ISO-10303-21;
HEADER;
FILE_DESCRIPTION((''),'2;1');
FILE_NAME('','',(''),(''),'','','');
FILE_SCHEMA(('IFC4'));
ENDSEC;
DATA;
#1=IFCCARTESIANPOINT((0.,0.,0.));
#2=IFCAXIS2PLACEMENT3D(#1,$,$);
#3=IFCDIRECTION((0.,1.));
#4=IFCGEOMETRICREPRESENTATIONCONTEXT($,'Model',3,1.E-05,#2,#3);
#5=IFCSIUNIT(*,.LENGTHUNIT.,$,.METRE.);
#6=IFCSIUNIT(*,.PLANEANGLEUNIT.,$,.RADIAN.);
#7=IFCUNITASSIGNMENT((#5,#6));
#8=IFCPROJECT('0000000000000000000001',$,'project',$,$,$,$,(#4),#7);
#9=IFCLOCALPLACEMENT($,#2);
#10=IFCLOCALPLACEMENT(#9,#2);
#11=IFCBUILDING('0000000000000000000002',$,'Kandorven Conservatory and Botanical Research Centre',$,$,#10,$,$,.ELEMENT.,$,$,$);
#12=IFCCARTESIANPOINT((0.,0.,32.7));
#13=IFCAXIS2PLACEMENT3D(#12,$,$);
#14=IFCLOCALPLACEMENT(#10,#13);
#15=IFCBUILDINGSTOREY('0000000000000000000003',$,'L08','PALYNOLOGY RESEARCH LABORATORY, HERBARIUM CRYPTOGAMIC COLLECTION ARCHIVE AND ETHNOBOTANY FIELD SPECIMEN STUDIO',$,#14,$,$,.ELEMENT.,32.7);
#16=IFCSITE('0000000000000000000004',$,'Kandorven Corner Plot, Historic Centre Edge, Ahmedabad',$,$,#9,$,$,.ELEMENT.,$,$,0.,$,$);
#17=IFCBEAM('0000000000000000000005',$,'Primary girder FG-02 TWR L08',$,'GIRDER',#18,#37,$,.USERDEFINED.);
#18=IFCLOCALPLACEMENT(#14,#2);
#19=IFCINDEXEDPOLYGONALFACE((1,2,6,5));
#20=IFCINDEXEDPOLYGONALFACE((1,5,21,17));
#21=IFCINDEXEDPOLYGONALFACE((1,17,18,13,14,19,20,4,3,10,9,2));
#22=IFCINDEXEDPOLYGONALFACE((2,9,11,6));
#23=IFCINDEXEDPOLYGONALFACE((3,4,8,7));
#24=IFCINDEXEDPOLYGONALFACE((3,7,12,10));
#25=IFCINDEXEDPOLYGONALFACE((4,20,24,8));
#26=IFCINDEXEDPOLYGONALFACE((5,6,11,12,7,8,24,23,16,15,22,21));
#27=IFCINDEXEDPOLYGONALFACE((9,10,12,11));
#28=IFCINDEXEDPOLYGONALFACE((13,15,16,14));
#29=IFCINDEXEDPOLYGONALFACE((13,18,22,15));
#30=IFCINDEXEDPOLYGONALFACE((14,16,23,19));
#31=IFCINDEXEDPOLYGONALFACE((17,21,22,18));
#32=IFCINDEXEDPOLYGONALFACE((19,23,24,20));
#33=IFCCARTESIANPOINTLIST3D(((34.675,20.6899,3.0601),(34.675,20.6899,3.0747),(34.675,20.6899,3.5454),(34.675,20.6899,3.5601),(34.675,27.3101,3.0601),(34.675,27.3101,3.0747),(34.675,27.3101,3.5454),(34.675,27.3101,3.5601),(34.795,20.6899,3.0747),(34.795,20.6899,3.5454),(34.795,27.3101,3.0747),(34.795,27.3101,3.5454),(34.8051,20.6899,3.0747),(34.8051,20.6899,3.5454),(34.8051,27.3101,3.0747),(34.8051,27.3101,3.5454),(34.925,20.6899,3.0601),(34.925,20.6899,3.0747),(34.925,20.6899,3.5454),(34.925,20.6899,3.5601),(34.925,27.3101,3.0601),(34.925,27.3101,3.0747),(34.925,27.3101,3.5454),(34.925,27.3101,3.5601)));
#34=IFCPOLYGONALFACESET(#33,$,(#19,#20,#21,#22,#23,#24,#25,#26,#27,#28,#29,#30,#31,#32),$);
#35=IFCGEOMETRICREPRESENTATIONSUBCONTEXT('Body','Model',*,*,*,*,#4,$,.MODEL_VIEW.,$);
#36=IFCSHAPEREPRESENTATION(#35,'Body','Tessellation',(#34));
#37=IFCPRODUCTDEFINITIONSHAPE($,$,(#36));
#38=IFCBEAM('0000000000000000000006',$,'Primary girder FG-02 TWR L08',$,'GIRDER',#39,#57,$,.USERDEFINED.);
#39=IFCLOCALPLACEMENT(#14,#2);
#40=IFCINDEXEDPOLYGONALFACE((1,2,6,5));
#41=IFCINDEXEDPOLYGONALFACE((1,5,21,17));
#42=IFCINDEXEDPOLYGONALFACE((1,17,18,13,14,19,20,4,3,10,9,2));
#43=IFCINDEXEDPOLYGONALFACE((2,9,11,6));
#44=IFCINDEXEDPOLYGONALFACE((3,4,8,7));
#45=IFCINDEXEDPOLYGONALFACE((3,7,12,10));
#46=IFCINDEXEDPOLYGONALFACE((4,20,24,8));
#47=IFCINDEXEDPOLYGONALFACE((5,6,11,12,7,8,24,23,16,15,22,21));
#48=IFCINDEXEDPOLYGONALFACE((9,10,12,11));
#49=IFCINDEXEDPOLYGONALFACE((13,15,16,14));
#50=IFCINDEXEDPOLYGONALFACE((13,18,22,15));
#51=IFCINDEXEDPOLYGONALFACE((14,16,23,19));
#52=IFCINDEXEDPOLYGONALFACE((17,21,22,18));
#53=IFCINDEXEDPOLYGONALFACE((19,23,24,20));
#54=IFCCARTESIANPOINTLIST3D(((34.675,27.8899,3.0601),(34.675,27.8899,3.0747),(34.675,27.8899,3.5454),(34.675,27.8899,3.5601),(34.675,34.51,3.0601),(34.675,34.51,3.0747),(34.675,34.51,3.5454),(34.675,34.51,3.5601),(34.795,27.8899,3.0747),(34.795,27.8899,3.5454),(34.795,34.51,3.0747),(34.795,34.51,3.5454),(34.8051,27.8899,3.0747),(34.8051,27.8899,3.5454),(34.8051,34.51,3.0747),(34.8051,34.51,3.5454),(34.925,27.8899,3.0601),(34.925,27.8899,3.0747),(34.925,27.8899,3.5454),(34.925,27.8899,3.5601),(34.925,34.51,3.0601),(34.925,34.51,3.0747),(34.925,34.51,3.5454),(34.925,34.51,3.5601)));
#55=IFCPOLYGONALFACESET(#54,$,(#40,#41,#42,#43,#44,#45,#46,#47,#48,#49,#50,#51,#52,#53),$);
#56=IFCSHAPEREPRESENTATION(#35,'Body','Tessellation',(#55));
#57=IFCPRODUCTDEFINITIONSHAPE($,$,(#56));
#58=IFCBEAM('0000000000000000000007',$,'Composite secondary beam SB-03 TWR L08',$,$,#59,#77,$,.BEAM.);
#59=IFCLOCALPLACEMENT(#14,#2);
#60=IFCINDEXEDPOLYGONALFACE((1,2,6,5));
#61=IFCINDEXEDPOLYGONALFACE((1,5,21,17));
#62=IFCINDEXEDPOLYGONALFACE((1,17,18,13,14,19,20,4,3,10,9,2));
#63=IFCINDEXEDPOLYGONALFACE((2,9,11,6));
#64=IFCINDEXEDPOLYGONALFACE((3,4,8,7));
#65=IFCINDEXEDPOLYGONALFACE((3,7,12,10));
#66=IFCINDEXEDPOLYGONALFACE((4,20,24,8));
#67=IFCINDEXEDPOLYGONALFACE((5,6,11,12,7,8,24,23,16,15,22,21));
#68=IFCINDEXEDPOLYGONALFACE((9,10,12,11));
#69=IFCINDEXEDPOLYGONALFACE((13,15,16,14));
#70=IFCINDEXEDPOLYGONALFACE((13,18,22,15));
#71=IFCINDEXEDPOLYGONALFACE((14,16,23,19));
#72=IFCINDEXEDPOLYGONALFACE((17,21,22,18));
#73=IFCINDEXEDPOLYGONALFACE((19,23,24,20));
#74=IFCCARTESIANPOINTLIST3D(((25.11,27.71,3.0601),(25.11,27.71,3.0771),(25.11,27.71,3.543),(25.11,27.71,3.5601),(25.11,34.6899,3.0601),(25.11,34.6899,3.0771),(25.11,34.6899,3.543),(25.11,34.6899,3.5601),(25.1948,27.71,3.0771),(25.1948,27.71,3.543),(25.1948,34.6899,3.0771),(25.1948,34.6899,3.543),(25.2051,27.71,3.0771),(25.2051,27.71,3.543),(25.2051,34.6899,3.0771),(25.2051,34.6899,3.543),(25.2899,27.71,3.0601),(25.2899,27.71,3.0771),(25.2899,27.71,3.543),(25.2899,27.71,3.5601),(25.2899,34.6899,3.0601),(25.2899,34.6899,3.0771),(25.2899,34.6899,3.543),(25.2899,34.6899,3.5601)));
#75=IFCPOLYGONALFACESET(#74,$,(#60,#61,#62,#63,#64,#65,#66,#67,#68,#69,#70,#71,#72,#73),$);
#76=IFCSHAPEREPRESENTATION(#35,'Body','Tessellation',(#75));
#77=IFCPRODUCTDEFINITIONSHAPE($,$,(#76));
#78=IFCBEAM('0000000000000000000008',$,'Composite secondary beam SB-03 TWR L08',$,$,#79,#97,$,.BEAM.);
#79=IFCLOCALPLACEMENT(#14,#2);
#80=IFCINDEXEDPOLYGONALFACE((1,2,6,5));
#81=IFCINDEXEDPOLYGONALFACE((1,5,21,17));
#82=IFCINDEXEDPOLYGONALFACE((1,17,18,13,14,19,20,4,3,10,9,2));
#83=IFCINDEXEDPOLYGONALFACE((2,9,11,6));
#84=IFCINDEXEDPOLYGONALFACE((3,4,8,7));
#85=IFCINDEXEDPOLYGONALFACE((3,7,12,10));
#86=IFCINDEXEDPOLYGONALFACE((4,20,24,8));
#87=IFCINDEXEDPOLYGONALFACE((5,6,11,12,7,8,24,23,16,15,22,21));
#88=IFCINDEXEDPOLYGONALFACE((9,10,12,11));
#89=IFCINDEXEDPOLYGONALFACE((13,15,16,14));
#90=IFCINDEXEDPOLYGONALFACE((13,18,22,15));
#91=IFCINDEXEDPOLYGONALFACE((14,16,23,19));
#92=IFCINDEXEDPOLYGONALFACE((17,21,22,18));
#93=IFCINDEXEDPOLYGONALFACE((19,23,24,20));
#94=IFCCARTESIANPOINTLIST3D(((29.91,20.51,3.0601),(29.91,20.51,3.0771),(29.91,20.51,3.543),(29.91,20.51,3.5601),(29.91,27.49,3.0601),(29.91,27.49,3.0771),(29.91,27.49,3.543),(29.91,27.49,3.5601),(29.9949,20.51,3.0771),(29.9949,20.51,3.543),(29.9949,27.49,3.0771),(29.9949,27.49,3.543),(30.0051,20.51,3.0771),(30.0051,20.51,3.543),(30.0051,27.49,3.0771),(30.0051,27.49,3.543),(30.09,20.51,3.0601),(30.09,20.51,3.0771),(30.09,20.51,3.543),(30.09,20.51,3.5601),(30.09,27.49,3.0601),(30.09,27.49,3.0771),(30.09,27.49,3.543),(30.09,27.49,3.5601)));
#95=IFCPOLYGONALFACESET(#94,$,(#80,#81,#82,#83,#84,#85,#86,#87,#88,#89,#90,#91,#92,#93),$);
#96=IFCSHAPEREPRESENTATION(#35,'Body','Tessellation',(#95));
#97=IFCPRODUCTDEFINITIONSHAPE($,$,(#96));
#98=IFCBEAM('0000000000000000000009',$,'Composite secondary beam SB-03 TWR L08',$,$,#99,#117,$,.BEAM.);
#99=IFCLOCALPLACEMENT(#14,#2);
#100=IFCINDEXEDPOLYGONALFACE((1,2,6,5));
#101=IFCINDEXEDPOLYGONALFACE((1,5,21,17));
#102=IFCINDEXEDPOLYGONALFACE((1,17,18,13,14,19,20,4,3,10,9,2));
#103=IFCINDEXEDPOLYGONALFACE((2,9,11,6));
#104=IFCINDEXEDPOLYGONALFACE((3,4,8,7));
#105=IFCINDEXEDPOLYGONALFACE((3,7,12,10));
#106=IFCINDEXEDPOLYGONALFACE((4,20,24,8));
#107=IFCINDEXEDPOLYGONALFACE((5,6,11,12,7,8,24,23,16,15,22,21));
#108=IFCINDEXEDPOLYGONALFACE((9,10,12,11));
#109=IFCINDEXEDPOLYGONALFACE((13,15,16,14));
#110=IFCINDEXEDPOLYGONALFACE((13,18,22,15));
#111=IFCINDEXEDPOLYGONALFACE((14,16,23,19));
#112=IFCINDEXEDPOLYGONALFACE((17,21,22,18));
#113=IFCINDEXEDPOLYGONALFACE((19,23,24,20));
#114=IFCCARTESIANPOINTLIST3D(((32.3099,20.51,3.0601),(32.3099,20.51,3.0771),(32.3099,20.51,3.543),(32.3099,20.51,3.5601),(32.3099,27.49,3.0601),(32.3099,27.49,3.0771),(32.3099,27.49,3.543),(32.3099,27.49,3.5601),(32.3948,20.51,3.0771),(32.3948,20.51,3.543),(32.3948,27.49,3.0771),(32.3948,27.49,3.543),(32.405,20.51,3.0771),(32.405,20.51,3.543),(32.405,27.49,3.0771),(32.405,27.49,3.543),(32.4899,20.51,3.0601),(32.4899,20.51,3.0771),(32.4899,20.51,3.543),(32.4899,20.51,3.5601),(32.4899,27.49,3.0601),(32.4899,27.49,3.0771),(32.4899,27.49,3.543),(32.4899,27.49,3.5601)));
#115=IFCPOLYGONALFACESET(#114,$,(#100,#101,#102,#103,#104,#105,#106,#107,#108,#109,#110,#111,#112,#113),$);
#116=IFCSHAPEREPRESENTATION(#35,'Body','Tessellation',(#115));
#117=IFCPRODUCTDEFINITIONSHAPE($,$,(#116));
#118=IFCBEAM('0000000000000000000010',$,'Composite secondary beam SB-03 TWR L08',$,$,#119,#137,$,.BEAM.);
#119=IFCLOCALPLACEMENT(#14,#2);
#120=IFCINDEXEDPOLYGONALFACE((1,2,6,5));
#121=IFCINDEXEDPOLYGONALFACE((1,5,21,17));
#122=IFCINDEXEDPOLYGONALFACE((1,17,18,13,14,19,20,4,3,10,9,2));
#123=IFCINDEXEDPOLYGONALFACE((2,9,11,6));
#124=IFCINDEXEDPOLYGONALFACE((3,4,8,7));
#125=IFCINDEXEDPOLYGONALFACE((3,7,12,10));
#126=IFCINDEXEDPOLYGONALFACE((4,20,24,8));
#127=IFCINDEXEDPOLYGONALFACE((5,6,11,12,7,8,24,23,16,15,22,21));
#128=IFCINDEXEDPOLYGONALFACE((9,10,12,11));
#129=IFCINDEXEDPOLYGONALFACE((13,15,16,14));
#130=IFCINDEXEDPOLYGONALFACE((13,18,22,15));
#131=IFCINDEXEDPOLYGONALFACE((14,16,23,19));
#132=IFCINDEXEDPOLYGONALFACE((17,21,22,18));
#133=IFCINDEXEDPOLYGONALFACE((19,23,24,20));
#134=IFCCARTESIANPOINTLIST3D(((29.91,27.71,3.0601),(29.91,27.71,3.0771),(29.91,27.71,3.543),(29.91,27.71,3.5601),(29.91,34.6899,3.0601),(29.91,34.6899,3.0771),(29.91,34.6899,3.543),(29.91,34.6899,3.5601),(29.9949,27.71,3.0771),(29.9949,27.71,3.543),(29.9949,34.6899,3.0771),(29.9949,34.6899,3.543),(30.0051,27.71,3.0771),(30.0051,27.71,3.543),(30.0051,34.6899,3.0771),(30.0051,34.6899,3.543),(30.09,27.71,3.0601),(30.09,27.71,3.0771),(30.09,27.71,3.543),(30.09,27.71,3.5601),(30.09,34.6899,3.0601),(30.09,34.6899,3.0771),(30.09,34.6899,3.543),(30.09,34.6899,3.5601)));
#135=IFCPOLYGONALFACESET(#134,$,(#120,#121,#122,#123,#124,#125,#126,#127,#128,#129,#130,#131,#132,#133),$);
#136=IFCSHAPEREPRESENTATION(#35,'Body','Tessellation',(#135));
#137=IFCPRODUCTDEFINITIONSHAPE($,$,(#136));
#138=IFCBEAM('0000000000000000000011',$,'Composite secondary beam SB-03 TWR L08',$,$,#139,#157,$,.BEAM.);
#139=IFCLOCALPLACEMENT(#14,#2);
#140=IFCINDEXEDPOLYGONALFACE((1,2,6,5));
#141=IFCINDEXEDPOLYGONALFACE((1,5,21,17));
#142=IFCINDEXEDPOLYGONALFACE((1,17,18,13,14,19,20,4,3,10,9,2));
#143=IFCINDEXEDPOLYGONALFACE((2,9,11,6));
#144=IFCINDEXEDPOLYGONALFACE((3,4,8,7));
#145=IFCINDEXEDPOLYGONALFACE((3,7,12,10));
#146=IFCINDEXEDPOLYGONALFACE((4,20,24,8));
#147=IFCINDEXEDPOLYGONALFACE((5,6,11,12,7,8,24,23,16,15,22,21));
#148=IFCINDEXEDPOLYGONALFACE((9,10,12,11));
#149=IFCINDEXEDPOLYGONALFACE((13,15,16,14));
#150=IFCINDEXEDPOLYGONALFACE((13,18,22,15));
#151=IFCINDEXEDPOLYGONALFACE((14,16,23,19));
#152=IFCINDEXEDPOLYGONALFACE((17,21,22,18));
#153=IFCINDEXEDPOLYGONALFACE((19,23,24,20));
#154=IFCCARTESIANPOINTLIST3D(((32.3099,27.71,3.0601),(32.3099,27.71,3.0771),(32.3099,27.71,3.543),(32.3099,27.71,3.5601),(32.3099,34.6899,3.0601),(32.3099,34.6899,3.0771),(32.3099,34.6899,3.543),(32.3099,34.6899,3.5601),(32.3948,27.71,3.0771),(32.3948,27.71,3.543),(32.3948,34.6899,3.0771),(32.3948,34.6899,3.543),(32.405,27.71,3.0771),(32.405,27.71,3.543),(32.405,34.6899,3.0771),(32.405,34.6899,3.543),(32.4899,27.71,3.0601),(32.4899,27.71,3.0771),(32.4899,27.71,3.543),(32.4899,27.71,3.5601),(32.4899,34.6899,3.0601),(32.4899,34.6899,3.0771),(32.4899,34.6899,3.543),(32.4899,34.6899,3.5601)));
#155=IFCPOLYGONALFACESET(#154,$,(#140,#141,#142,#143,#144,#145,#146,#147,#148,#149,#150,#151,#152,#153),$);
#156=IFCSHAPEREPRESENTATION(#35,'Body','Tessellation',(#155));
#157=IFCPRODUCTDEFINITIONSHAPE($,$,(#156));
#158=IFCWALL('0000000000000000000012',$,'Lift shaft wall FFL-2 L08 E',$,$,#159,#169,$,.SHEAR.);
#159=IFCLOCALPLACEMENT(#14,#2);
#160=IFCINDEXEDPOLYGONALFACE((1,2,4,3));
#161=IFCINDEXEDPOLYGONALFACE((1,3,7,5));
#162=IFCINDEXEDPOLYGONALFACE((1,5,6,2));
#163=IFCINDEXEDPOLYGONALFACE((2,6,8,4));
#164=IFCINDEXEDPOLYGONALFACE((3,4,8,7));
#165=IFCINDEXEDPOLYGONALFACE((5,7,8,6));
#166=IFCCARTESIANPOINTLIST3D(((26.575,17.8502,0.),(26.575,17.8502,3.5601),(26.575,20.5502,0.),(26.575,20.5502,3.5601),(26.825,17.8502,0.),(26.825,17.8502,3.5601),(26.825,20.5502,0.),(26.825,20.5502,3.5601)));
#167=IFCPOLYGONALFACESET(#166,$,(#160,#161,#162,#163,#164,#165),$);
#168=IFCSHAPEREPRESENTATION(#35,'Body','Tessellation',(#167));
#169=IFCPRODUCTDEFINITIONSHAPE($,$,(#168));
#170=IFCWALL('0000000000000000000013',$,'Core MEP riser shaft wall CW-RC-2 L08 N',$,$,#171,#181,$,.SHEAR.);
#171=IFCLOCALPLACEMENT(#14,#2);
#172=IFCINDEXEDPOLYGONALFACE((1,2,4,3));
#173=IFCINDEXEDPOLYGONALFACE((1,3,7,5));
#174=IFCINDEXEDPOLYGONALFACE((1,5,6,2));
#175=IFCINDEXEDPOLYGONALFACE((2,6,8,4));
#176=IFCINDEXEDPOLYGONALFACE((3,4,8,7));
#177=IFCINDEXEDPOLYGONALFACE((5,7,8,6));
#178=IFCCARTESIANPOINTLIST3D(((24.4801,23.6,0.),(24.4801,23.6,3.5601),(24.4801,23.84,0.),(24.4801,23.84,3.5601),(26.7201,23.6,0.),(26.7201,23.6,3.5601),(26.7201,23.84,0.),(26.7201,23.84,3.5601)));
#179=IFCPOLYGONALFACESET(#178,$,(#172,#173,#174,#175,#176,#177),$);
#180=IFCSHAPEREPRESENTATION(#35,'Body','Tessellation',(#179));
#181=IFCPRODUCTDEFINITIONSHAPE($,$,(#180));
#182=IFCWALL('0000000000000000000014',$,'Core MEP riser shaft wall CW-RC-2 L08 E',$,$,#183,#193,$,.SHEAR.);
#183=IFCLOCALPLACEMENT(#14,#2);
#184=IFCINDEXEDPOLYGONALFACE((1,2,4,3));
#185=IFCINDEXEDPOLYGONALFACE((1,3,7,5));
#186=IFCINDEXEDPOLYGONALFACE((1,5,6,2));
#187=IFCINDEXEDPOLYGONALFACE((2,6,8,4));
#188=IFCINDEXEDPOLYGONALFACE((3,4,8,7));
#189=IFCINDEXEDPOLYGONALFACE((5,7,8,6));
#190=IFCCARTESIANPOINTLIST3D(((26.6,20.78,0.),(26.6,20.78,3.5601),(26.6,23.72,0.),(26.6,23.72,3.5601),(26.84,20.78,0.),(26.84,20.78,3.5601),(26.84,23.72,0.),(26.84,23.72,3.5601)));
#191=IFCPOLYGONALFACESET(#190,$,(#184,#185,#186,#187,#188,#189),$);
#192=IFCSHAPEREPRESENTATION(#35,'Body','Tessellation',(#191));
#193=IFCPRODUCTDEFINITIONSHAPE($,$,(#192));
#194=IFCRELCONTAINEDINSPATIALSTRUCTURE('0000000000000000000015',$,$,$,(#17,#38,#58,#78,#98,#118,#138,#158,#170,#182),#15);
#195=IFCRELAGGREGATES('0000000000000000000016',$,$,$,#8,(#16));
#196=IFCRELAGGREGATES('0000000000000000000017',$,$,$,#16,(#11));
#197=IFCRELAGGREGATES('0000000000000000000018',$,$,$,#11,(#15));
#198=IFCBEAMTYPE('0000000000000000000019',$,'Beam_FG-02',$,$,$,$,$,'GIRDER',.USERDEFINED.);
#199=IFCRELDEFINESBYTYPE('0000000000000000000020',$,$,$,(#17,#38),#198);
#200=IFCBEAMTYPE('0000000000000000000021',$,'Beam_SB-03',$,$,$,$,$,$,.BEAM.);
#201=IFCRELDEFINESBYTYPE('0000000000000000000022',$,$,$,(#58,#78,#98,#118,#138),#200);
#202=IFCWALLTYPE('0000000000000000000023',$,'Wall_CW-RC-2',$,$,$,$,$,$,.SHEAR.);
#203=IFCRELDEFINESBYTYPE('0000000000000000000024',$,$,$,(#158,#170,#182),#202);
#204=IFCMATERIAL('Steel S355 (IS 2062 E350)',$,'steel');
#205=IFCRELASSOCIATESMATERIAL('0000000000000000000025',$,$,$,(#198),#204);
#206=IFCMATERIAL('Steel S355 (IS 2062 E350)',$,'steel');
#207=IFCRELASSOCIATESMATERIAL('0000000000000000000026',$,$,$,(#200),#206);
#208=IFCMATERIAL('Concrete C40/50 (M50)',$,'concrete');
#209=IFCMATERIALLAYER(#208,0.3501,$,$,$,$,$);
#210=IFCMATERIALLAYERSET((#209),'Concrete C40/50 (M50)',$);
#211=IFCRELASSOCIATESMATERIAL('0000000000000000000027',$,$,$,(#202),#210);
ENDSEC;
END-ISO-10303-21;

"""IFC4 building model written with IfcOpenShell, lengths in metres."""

from ifc_helpers import new_model, si_unit, direction, frame, frame_2d, origin, origin_2d, place, context, subcontext, project, spatial, rectangle, i_section, extrude, material, layer, layer_set, material_profile, profile_set, type_object, element, save


model = new_model("IFC4")

# Units and contexts
model_context = context("Model", 3, precision=1e-05, world=origin(), true_north=direction((0.0, 1.0)))
body_context = subcontext(model_context, "Body", "Model", "MODEL_VIEW")
ifc_project = project(units=[si_unit("LENGTHUNIT", "METRE"), si_unit("PLANEANGLEUNIT", "RADIAN")], contexts=[model_context])

# Site, building, storey
site_placement = place(None, origin())
site = spatial("IfcSite", under=ifc_project, at=site_placement, Name="Kandorven Corner Plot, Historic Centre Edge, Ahmedabad", CompositionType="ELEMENT", RefElevation=0.0)
building_placement = place(site_placement, origin())
building = spatial("IfcBuilding", under=site, at=building_placement, Name="Kandorven Conservatory and Botanical Research Centre", CompositionType="ELEMENT")
storey_placement = place(building_placement, frame((0.0, 0.0, 32.7)))
storey = spatial("IfcBuildingStorey", under=building, at=storey_placement, Name="L08", Description="PALYNOLOGY RESEARCH LABORATORY, HERBARIUM CRYPTOGAMIC COLLECTION ARCHIVE AND ETHNOBOTANY FIELD SPECIMEN STUDIO", CompositionType="ELEMENT", Elevation=32.7)

# Beams
ifc_material_1 = material(Name="Steel S355 (IS 2062 E350)", Category="steel")
ifc_material_profile_1 = material_profile(ifc_material_1, i_section(OverallWidth=0.25, OverallDepth=0.5, WebThickness=0.01, FlangeThickness=0.0146, at=origin_2d()))
ifc_profile_set_1 = profile_set([ifc_material_profile_1], Name="Steel S355 (IS 2062 E350)")
beam_type_1 = type_object("IfcBeamType", Name="Beam_FG-02", ElementType="GIRDER", PredefinedType="USERDEFINED", material=ifc_profile_set_1)
for number, where, z_axis, x_axis, name in (
    (1, (34.8, 20.6899, 3.3101), (0.0, 1.0, 0.0), (-1.0, 0.0, 0.0), "Primary girder FG-02 TWR L08"),
    (2, (34.8, 27.8899, 3.3101), (0.0, 1.0, 0.0), (-1.0, 0.0, 0.0), "Primary girder FG-02 TWR L08"),
):
    element("IfcBeam", number, at=place(storey_placement, frame(where, z_axis=z_axis, x_axis=x_axis)), inside=storey, type_object=beam_type_1, Name=name, ObjectType="GIRDER", PredefinedType="USERDEFINED", context=body_context, shape_type="SweptSolid", body=[
        extrude(i_section(OverallWidth=0.25, OverallDepth=0.5, WebThickness=0.01, FlangeThickness=0.0146, at=origin_2d()), origin(), (0.0, 0.0, 1.0), 6.6201),
    ])
ifc_material_2 = material(Name="Steel S355 (IS 2062 E350)", Category="steel")
ifc_material_profile_2 = material_profile(ifc_material_2, i_section(OverallWidth=0.1799, OverallDepth=0.5, WebThickness=0.0103, FlangeThickness=0.0171, at=origin_2d()))
ifc_profile_set_2 = profile_set([ifc_material_profile_2], Name="Steel S355 (IS 2062 E350)")
beam_type_2 = type_object("IfcBeamType", Name="Beam_SB-03", PredefinedType="BEAM", material=ifc_profile_set_2)
for number, where, z_axis, x_axis, name in (
    (3, (25.2, 27.71, 3.3101), (0.0, 1.0, 0.0), (-1.0, 0.0, 0.0), "Composite secondary beam SB-03 TWR L08"),
    (4, (30.0, 20.51, 3.3101), (0.0, 1.0, 0.0), (-1.0, 0.0, 0.0), "Composite secondary beam SB-03 TWR L08"),
    (5, (32.3999, 20.51, 3.3101), (0.0, 1.0, 0.0), (-1.0, 0.0, 0.0), "Composite secondary beam SB-03 TWR L08"),
    (6, (30.0, 27.71, 3.3101), (0.0, 1.0, 0.0), (-1.0, 0.0, 0.0), "Composite secondary beam SB-03 TWR L08"),
    (7, (32.3999, 27.71, 3.3101), (0.0, 1.0, 0.0), (-1.0, 0.0, 0.0), "Composite secondary beam SB-03 TWR L08"),
):
    element("IfcBeam", number, at=place(storey_placement, frame(where, z_axis=z_axis, x_axis=x_axis)), inside=storey, type_object=beam_type_2, Name=name, PredefinedType="BEAM", context=body_context, shape_type="SweptSolid", body=[
        extrude(i_section(OverallWidth=0.1799, OverallDepth=0.5, WebThickness=0.0103, FlangeThickness=0.0171, at=origin_2d()), origin(), (0.0, 0.0, 1.0), 6.98),
    ])

# Walls
ifc_material_3 = material(Name="Concrete C40/50 (M50)", Category="concrete")
ifc_layer_1 = layer(ifc_material_3, 0.3501)
ifc_layer_set_1 = layer_set([ifc_layer_1], Name="Concrete C40/50 (M50)")
wall_type_1 = type_object("IfcWallType", Name="Wall_CW-RC-2", PredefinedType="SHEAR", material=ifc_layer_set_1)
wall_1_placement = place(storey_placement, frame((26.7, 17.8501, 0.0), z_axis=(0.0, 0.0, 1.0), x_axis=(0.0, 1.0, 0.0)))
element("IfcWall", 8, at=wall_1_placement, inside=storey, type_object=wall_type_1, Name="Lift shaft wall FFL-2 L08 E", PredefinedType="SHEAR", context=body_context, shape_type="SweptSolid", body=[
    extrude(rectangle(XDim=2.7, YDim=0.25, at=frame_2d((1.3501, 0.0))), origin(), (0.0, 0.0, 1.0), 3.5601),
])
wall_2_placement = place(storey_placement, frame((24.48, 23.72, 0.0), z_axis=(0.0, 0.0, 1.0), x_axis=(1.0, 0.0, 0.0)))
element("IfcWall", 9, at=wall_2_placement, inside=storey, type_object=wall_type_1, Name="Core MEP riser shaft wall CW-RC-2 L08 N", PredefinedType="SHEAR", context=body_context, shape_type="SweptSolid", body=[
    extrude(rectangle(XDim=2.24, YDim=0.24, at=frame_2d((1.1201, 0.0))), origin(), (0.0, 0.0, 1.0), 3.5601),
])
wall_3_placement = place(storey_placement, frame((26.72, 20.78, 0.0), z_axis=(0.0, 0.0, 1.0), x_axis=(0.0, 1.0, 0.0)))
element("IfcWall", 10, at=wall_3_placement, inside=storey, type_object=wall_type_1, Name="Core MEP riser shaft wall CW-RC-2 L08 E", PredefinedType="SHEAR", context=body_context, shape_type="SweptSolid", body=[
    extrude(rectangle(XDim=2.9399, YDim=0.24, at=frame_2d((1.47, 0.0))), origin(), (0.0, 0.0, 1.0), 3.5601),
])

save(model, "model.ifc")
